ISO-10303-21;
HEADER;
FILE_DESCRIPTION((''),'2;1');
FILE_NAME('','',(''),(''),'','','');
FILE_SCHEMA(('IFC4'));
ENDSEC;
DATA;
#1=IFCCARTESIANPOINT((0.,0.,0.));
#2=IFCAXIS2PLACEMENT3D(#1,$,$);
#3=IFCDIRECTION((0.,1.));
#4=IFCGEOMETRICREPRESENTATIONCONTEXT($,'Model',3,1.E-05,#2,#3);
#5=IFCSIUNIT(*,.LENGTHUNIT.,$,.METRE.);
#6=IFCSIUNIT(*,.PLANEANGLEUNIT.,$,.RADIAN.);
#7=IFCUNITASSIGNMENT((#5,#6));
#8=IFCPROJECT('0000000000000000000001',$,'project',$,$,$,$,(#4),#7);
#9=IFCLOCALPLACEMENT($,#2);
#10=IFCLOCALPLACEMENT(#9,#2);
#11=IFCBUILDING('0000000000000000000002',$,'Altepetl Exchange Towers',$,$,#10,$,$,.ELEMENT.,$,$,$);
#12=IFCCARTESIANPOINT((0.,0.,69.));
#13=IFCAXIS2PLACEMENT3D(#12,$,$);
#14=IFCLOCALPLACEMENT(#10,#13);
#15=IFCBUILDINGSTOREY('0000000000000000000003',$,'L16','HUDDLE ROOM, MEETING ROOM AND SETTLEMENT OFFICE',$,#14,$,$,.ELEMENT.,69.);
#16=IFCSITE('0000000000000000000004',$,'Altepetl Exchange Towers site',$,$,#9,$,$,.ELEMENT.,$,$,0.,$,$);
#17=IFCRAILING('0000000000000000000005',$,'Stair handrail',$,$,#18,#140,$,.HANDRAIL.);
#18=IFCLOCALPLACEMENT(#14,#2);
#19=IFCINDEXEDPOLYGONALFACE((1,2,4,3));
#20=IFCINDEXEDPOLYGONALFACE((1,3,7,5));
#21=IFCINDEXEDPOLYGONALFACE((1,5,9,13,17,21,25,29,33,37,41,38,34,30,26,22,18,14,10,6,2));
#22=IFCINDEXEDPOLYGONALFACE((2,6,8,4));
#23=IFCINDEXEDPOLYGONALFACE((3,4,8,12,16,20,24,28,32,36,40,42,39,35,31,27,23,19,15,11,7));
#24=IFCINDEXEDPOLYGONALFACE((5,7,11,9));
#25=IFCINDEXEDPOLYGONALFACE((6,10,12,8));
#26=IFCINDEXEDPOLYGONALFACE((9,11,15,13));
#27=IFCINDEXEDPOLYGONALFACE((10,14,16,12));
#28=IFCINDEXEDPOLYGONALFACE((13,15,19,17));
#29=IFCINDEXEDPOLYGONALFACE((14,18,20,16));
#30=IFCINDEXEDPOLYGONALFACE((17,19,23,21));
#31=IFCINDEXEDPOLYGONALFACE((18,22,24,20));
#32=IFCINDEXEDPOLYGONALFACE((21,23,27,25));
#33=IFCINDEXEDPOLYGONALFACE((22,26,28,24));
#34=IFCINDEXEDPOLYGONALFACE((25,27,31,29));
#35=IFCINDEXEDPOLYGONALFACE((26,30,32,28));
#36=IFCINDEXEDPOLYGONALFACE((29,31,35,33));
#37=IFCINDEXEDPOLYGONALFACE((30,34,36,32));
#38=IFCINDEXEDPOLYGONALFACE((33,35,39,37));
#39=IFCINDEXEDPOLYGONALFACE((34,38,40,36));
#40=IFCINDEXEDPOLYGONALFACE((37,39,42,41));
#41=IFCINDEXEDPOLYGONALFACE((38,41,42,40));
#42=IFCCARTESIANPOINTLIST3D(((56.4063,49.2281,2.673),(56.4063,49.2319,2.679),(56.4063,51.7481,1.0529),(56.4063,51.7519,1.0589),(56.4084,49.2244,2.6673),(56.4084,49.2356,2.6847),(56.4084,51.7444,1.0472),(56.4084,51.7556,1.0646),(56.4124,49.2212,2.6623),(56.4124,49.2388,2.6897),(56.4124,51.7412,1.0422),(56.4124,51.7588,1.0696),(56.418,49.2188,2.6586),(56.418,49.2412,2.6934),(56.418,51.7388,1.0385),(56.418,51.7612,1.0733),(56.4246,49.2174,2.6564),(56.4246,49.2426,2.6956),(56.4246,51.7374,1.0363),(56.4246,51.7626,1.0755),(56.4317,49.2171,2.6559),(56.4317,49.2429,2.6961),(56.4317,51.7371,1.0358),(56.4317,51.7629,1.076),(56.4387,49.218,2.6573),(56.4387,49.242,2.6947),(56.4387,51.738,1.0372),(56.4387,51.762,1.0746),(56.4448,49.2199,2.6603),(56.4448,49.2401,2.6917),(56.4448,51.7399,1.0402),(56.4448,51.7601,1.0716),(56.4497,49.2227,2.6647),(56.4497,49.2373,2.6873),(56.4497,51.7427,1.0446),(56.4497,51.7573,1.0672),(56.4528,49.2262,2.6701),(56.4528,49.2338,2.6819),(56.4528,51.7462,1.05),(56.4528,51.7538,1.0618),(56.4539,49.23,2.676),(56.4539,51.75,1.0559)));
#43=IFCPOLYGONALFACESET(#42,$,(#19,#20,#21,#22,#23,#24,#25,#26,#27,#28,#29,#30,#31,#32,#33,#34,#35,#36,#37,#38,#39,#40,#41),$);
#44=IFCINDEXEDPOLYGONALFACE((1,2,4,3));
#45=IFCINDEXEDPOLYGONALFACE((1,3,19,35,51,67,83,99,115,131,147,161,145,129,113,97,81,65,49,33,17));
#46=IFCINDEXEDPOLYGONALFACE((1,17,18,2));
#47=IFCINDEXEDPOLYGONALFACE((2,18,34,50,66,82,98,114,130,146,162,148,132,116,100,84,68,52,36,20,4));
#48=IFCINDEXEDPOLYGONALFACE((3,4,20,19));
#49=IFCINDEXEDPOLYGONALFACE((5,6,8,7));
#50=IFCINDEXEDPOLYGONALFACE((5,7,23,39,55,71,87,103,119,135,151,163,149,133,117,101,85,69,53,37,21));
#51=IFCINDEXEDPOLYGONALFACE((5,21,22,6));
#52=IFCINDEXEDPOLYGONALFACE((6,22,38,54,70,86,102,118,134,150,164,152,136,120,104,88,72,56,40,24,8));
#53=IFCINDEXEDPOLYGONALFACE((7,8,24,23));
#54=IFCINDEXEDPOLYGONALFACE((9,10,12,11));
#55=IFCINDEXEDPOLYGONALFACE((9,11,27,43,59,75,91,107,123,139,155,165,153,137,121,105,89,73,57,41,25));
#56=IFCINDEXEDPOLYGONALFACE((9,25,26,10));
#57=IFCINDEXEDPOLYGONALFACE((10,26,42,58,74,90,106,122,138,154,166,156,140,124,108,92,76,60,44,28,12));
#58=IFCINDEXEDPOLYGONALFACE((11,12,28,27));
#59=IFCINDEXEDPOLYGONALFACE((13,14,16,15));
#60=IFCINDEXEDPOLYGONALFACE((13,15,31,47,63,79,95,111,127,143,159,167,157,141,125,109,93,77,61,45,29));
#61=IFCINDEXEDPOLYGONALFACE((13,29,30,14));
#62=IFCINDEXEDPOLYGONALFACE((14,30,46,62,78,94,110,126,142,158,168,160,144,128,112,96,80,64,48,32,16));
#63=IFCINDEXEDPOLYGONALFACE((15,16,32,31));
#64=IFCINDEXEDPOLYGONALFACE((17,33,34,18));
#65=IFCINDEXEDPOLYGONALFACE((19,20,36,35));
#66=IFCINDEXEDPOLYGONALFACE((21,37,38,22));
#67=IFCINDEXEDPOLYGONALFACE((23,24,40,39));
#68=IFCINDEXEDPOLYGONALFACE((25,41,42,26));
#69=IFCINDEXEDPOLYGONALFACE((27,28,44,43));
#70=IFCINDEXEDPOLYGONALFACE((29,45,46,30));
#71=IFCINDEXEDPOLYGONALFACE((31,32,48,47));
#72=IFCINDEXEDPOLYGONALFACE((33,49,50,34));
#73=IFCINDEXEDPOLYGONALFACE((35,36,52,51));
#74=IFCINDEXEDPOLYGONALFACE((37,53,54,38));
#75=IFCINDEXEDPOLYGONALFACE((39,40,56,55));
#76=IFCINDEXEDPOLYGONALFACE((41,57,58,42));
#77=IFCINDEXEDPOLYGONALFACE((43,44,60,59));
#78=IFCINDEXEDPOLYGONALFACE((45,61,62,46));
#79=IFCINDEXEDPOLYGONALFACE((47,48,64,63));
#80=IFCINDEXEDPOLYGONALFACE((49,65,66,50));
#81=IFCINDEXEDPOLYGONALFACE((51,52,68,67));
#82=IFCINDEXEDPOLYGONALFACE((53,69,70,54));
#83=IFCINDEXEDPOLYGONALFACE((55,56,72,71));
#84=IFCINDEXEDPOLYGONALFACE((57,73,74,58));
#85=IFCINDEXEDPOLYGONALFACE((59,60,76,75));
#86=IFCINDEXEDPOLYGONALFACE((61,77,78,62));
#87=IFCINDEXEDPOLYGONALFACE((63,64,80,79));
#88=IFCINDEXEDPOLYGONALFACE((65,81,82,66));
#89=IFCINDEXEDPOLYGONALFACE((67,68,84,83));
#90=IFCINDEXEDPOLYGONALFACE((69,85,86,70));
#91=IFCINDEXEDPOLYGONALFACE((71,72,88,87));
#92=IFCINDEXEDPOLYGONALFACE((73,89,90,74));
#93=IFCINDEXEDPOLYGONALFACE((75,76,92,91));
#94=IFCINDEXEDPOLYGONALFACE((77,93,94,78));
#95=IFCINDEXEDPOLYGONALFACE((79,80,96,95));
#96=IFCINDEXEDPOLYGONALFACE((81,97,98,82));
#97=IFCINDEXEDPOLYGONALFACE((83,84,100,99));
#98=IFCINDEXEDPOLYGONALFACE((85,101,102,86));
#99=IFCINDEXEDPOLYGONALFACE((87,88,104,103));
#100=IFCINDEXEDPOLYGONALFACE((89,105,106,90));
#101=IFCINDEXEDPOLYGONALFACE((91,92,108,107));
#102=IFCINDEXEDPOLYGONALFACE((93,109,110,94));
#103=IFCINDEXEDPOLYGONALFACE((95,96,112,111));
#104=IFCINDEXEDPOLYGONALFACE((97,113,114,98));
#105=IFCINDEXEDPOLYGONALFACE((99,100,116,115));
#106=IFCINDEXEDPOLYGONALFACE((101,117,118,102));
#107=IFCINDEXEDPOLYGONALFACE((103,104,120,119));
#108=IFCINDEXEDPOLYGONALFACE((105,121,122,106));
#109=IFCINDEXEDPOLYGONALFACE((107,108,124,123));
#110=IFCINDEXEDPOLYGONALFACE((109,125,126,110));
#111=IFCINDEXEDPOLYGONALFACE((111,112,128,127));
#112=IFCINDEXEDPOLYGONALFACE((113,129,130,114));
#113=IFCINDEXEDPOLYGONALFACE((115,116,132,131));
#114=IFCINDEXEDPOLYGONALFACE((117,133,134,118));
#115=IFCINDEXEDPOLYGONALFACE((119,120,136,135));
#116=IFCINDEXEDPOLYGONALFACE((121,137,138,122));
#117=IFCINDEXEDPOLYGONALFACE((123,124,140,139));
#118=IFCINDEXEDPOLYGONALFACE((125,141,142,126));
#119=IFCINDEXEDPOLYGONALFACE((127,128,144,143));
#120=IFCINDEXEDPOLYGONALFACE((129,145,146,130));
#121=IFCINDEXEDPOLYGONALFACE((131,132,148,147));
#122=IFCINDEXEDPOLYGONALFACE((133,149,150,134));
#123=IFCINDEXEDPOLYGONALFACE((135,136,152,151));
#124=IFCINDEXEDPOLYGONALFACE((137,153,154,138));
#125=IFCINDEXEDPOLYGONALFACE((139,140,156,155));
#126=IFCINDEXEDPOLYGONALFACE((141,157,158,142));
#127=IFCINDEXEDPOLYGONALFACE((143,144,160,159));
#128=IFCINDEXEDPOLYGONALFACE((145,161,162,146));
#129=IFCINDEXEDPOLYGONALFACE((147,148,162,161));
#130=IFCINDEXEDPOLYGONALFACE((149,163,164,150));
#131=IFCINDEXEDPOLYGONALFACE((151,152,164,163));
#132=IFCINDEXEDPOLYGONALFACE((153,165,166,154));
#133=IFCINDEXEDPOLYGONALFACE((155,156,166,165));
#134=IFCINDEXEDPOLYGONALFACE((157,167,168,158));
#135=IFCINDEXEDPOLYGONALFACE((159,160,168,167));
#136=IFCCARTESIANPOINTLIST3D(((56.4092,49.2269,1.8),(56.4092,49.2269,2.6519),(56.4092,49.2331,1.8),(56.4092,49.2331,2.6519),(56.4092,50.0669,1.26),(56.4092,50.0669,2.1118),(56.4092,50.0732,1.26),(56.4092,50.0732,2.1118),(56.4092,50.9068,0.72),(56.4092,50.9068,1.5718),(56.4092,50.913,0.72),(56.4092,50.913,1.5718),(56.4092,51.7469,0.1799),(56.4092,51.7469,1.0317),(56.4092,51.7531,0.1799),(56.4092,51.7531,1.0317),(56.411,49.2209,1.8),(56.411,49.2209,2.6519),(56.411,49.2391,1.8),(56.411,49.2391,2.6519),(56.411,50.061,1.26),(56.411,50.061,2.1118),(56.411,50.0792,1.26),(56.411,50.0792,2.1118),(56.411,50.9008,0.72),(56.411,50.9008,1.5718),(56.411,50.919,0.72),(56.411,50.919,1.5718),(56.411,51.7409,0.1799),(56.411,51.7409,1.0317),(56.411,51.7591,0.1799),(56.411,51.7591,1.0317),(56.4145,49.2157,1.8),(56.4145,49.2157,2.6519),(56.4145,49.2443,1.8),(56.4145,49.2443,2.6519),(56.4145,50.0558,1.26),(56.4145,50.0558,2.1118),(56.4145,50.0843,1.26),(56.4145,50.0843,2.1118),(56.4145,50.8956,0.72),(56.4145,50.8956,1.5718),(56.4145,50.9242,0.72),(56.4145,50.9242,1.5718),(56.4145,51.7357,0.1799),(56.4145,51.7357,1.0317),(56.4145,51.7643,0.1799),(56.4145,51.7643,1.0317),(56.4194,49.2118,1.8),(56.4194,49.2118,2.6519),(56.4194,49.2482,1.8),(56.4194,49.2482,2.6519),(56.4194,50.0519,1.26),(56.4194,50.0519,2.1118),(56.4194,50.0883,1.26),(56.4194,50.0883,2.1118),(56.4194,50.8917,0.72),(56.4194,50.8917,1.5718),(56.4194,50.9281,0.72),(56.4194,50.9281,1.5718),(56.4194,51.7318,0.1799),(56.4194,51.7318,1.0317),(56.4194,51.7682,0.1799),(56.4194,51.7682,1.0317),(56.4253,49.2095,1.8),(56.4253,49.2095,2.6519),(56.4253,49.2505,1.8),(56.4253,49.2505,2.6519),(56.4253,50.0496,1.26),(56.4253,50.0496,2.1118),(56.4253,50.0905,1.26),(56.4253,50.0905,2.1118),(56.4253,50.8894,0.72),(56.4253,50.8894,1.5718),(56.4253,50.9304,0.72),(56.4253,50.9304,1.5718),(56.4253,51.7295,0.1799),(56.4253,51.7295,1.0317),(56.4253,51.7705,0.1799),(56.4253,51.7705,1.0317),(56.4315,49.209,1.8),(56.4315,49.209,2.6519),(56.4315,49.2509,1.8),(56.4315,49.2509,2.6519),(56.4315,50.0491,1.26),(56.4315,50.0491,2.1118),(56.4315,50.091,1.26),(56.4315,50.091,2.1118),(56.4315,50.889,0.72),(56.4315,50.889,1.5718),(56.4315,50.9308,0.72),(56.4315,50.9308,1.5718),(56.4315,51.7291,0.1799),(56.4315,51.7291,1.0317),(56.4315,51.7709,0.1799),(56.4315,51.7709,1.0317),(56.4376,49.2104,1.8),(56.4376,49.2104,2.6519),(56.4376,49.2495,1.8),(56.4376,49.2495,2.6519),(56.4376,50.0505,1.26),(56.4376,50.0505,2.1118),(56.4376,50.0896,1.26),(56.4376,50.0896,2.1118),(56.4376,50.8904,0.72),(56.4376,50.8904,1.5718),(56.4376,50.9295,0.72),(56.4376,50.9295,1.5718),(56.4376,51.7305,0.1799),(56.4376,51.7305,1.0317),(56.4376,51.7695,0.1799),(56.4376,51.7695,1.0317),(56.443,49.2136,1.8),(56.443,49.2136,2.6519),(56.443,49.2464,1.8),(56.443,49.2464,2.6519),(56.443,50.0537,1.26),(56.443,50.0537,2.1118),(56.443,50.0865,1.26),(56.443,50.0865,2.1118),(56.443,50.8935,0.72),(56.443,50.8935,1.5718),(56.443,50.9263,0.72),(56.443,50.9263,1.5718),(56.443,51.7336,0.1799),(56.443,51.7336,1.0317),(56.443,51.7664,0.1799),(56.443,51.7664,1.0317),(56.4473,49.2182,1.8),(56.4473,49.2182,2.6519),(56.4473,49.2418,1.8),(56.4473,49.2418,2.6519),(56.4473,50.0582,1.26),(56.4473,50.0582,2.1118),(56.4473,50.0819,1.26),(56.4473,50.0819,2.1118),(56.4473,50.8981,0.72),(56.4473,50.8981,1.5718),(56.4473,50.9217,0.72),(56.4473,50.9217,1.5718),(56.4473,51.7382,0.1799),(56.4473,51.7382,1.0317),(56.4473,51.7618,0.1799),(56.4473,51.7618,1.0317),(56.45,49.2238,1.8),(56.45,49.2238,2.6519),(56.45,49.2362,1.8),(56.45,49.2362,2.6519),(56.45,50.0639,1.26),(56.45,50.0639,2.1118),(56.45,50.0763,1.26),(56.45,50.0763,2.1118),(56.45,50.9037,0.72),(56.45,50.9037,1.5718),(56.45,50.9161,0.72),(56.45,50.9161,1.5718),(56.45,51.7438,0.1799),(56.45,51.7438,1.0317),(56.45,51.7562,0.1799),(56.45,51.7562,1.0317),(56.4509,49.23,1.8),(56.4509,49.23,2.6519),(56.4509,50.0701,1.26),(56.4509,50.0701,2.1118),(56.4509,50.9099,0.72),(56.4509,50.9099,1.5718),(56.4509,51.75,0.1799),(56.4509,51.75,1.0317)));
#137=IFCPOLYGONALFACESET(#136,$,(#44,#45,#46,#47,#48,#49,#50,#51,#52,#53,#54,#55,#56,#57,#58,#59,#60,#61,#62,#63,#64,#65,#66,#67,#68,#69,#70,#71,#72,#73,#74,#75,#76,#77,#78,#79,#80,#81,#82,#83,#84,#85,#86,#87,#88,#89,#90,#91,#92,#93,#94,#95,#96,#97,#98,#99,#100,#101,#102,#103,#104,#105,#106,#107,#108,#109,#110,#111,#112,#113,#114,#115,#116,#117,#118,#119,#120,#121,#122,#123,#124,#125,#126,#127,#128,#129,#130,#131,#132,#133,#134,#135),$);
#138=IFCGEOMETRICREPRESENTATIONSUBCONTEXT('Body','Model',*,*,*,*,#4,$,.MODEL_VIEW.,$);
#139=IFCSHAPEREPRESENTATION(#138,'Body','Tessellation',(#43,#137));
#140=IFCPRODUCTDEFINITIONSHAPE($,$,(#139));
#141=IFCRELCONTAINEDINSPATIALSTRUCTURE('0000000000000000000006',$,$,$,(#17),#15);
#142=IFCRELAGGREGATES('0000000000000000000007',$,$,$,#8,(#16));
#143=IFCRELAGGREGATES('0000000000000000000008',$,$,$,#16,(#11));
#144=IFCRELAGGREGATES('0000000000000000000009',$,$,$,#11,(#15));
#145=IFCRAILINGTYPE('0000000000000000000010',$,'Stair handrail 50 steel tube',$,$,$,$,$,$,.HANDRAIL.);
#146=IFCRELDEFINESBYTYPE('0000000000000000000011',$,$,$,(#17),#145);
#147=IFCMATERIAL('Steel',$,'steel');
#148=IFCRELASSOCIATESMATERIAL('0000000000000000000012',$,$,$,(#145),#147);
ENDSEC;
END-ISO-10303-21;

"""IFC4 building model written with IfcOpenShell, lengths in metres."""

from ifc_helpers import new_model, si_unit, direction, frame, origin, origin_2d, place, context, subcontext, project, spatial, circle, extrude, source, transform, mapped, material, type_object, element, save


model = new_model("IFC4")

# Units and contexts
model_context = context("Model", 3, precision=1e-05, world=origin(), true_north=direction((0.0, 1.0)))
body_context = subcontext(model_context, "Body", "Model", "MODEL_VIEW")
ifc_project = project(units=[si_unit("LENGTHUNIT", "METRE"), si_unit("PLANEANGLEUNIT", "RADIAN")], contexts=[model_context])

# Site, building, storey
site_placement = place(None, origin())
site = spatial("IfcSite", under=ifc_project, at=site_placement, Name="Altepetl Exchange Towers site", CompositionType="ELEMENT", RefElevation=0.0)
building_placement = place(site_placement, origin())
building = spatial("IfcBuilding", under=site, at=building_placement, Name="Altepetl Exchange Towers", CompositionType="ELEMENT")
storey_placement = place(building_placement, frame((0.0, 0.0, 69.0)))
storey = spatial("IfcBuildingStorey", under=building, at=storey_placement, Name="L16", Description="HUDDLE ROOM, MEETING ROOM AND SETTLEMENT OFFICE", CompositionType="ELEMENT", Elevation=69.0)

# Railing
ifc_material_1 = material(Name="Steel", Category="steel")
railing_type = type_object("IfcRailingType", Name="Stair handrail 50 steel tube", PredefinedType="HANDRAIL", material=ifc_material_1)
shared_shape = source(origin(), body_context, "Body", "SweptSolid", [
    extrude(circle(Radius=0.021, at=origin_2d()), origin(), (0.0, 0.0, 1.0), 0.8518),
])
railing_1_placement = place(storey_placement, frame((56.4299, 51.75, 0.1799)))
element("IfcRailing", 1, at=railing_1_placement, inside=storey, type_object=railing_type, Name="Stair handrail", PredefinedType="HANDRAIL", context=body_context, shape_type="SweptSolid", body=[
    extrude(circle(Radius=0.0239, at=origin_2d()), frame((0.0, 0.0, 0.876), z_axis=(0.0, -0.841163, 0.540782), x_axis=(1.0, 0.0, 0.0)), (0.0, 0.0, 1.0), 2.9958),
    mapped(shared_shape, transform((0.0, 0.0, 0.0))),
    mapped(shared_shape, transform((0.0, -0.8401, 0.54))),
    mapped(shared_shape, transform((0.0, -1.6799, 1.0801))),
    mapped(shared_shape, transform((0.0, -2.52, 1.6201))),
])

save(model, "model.ifc")
